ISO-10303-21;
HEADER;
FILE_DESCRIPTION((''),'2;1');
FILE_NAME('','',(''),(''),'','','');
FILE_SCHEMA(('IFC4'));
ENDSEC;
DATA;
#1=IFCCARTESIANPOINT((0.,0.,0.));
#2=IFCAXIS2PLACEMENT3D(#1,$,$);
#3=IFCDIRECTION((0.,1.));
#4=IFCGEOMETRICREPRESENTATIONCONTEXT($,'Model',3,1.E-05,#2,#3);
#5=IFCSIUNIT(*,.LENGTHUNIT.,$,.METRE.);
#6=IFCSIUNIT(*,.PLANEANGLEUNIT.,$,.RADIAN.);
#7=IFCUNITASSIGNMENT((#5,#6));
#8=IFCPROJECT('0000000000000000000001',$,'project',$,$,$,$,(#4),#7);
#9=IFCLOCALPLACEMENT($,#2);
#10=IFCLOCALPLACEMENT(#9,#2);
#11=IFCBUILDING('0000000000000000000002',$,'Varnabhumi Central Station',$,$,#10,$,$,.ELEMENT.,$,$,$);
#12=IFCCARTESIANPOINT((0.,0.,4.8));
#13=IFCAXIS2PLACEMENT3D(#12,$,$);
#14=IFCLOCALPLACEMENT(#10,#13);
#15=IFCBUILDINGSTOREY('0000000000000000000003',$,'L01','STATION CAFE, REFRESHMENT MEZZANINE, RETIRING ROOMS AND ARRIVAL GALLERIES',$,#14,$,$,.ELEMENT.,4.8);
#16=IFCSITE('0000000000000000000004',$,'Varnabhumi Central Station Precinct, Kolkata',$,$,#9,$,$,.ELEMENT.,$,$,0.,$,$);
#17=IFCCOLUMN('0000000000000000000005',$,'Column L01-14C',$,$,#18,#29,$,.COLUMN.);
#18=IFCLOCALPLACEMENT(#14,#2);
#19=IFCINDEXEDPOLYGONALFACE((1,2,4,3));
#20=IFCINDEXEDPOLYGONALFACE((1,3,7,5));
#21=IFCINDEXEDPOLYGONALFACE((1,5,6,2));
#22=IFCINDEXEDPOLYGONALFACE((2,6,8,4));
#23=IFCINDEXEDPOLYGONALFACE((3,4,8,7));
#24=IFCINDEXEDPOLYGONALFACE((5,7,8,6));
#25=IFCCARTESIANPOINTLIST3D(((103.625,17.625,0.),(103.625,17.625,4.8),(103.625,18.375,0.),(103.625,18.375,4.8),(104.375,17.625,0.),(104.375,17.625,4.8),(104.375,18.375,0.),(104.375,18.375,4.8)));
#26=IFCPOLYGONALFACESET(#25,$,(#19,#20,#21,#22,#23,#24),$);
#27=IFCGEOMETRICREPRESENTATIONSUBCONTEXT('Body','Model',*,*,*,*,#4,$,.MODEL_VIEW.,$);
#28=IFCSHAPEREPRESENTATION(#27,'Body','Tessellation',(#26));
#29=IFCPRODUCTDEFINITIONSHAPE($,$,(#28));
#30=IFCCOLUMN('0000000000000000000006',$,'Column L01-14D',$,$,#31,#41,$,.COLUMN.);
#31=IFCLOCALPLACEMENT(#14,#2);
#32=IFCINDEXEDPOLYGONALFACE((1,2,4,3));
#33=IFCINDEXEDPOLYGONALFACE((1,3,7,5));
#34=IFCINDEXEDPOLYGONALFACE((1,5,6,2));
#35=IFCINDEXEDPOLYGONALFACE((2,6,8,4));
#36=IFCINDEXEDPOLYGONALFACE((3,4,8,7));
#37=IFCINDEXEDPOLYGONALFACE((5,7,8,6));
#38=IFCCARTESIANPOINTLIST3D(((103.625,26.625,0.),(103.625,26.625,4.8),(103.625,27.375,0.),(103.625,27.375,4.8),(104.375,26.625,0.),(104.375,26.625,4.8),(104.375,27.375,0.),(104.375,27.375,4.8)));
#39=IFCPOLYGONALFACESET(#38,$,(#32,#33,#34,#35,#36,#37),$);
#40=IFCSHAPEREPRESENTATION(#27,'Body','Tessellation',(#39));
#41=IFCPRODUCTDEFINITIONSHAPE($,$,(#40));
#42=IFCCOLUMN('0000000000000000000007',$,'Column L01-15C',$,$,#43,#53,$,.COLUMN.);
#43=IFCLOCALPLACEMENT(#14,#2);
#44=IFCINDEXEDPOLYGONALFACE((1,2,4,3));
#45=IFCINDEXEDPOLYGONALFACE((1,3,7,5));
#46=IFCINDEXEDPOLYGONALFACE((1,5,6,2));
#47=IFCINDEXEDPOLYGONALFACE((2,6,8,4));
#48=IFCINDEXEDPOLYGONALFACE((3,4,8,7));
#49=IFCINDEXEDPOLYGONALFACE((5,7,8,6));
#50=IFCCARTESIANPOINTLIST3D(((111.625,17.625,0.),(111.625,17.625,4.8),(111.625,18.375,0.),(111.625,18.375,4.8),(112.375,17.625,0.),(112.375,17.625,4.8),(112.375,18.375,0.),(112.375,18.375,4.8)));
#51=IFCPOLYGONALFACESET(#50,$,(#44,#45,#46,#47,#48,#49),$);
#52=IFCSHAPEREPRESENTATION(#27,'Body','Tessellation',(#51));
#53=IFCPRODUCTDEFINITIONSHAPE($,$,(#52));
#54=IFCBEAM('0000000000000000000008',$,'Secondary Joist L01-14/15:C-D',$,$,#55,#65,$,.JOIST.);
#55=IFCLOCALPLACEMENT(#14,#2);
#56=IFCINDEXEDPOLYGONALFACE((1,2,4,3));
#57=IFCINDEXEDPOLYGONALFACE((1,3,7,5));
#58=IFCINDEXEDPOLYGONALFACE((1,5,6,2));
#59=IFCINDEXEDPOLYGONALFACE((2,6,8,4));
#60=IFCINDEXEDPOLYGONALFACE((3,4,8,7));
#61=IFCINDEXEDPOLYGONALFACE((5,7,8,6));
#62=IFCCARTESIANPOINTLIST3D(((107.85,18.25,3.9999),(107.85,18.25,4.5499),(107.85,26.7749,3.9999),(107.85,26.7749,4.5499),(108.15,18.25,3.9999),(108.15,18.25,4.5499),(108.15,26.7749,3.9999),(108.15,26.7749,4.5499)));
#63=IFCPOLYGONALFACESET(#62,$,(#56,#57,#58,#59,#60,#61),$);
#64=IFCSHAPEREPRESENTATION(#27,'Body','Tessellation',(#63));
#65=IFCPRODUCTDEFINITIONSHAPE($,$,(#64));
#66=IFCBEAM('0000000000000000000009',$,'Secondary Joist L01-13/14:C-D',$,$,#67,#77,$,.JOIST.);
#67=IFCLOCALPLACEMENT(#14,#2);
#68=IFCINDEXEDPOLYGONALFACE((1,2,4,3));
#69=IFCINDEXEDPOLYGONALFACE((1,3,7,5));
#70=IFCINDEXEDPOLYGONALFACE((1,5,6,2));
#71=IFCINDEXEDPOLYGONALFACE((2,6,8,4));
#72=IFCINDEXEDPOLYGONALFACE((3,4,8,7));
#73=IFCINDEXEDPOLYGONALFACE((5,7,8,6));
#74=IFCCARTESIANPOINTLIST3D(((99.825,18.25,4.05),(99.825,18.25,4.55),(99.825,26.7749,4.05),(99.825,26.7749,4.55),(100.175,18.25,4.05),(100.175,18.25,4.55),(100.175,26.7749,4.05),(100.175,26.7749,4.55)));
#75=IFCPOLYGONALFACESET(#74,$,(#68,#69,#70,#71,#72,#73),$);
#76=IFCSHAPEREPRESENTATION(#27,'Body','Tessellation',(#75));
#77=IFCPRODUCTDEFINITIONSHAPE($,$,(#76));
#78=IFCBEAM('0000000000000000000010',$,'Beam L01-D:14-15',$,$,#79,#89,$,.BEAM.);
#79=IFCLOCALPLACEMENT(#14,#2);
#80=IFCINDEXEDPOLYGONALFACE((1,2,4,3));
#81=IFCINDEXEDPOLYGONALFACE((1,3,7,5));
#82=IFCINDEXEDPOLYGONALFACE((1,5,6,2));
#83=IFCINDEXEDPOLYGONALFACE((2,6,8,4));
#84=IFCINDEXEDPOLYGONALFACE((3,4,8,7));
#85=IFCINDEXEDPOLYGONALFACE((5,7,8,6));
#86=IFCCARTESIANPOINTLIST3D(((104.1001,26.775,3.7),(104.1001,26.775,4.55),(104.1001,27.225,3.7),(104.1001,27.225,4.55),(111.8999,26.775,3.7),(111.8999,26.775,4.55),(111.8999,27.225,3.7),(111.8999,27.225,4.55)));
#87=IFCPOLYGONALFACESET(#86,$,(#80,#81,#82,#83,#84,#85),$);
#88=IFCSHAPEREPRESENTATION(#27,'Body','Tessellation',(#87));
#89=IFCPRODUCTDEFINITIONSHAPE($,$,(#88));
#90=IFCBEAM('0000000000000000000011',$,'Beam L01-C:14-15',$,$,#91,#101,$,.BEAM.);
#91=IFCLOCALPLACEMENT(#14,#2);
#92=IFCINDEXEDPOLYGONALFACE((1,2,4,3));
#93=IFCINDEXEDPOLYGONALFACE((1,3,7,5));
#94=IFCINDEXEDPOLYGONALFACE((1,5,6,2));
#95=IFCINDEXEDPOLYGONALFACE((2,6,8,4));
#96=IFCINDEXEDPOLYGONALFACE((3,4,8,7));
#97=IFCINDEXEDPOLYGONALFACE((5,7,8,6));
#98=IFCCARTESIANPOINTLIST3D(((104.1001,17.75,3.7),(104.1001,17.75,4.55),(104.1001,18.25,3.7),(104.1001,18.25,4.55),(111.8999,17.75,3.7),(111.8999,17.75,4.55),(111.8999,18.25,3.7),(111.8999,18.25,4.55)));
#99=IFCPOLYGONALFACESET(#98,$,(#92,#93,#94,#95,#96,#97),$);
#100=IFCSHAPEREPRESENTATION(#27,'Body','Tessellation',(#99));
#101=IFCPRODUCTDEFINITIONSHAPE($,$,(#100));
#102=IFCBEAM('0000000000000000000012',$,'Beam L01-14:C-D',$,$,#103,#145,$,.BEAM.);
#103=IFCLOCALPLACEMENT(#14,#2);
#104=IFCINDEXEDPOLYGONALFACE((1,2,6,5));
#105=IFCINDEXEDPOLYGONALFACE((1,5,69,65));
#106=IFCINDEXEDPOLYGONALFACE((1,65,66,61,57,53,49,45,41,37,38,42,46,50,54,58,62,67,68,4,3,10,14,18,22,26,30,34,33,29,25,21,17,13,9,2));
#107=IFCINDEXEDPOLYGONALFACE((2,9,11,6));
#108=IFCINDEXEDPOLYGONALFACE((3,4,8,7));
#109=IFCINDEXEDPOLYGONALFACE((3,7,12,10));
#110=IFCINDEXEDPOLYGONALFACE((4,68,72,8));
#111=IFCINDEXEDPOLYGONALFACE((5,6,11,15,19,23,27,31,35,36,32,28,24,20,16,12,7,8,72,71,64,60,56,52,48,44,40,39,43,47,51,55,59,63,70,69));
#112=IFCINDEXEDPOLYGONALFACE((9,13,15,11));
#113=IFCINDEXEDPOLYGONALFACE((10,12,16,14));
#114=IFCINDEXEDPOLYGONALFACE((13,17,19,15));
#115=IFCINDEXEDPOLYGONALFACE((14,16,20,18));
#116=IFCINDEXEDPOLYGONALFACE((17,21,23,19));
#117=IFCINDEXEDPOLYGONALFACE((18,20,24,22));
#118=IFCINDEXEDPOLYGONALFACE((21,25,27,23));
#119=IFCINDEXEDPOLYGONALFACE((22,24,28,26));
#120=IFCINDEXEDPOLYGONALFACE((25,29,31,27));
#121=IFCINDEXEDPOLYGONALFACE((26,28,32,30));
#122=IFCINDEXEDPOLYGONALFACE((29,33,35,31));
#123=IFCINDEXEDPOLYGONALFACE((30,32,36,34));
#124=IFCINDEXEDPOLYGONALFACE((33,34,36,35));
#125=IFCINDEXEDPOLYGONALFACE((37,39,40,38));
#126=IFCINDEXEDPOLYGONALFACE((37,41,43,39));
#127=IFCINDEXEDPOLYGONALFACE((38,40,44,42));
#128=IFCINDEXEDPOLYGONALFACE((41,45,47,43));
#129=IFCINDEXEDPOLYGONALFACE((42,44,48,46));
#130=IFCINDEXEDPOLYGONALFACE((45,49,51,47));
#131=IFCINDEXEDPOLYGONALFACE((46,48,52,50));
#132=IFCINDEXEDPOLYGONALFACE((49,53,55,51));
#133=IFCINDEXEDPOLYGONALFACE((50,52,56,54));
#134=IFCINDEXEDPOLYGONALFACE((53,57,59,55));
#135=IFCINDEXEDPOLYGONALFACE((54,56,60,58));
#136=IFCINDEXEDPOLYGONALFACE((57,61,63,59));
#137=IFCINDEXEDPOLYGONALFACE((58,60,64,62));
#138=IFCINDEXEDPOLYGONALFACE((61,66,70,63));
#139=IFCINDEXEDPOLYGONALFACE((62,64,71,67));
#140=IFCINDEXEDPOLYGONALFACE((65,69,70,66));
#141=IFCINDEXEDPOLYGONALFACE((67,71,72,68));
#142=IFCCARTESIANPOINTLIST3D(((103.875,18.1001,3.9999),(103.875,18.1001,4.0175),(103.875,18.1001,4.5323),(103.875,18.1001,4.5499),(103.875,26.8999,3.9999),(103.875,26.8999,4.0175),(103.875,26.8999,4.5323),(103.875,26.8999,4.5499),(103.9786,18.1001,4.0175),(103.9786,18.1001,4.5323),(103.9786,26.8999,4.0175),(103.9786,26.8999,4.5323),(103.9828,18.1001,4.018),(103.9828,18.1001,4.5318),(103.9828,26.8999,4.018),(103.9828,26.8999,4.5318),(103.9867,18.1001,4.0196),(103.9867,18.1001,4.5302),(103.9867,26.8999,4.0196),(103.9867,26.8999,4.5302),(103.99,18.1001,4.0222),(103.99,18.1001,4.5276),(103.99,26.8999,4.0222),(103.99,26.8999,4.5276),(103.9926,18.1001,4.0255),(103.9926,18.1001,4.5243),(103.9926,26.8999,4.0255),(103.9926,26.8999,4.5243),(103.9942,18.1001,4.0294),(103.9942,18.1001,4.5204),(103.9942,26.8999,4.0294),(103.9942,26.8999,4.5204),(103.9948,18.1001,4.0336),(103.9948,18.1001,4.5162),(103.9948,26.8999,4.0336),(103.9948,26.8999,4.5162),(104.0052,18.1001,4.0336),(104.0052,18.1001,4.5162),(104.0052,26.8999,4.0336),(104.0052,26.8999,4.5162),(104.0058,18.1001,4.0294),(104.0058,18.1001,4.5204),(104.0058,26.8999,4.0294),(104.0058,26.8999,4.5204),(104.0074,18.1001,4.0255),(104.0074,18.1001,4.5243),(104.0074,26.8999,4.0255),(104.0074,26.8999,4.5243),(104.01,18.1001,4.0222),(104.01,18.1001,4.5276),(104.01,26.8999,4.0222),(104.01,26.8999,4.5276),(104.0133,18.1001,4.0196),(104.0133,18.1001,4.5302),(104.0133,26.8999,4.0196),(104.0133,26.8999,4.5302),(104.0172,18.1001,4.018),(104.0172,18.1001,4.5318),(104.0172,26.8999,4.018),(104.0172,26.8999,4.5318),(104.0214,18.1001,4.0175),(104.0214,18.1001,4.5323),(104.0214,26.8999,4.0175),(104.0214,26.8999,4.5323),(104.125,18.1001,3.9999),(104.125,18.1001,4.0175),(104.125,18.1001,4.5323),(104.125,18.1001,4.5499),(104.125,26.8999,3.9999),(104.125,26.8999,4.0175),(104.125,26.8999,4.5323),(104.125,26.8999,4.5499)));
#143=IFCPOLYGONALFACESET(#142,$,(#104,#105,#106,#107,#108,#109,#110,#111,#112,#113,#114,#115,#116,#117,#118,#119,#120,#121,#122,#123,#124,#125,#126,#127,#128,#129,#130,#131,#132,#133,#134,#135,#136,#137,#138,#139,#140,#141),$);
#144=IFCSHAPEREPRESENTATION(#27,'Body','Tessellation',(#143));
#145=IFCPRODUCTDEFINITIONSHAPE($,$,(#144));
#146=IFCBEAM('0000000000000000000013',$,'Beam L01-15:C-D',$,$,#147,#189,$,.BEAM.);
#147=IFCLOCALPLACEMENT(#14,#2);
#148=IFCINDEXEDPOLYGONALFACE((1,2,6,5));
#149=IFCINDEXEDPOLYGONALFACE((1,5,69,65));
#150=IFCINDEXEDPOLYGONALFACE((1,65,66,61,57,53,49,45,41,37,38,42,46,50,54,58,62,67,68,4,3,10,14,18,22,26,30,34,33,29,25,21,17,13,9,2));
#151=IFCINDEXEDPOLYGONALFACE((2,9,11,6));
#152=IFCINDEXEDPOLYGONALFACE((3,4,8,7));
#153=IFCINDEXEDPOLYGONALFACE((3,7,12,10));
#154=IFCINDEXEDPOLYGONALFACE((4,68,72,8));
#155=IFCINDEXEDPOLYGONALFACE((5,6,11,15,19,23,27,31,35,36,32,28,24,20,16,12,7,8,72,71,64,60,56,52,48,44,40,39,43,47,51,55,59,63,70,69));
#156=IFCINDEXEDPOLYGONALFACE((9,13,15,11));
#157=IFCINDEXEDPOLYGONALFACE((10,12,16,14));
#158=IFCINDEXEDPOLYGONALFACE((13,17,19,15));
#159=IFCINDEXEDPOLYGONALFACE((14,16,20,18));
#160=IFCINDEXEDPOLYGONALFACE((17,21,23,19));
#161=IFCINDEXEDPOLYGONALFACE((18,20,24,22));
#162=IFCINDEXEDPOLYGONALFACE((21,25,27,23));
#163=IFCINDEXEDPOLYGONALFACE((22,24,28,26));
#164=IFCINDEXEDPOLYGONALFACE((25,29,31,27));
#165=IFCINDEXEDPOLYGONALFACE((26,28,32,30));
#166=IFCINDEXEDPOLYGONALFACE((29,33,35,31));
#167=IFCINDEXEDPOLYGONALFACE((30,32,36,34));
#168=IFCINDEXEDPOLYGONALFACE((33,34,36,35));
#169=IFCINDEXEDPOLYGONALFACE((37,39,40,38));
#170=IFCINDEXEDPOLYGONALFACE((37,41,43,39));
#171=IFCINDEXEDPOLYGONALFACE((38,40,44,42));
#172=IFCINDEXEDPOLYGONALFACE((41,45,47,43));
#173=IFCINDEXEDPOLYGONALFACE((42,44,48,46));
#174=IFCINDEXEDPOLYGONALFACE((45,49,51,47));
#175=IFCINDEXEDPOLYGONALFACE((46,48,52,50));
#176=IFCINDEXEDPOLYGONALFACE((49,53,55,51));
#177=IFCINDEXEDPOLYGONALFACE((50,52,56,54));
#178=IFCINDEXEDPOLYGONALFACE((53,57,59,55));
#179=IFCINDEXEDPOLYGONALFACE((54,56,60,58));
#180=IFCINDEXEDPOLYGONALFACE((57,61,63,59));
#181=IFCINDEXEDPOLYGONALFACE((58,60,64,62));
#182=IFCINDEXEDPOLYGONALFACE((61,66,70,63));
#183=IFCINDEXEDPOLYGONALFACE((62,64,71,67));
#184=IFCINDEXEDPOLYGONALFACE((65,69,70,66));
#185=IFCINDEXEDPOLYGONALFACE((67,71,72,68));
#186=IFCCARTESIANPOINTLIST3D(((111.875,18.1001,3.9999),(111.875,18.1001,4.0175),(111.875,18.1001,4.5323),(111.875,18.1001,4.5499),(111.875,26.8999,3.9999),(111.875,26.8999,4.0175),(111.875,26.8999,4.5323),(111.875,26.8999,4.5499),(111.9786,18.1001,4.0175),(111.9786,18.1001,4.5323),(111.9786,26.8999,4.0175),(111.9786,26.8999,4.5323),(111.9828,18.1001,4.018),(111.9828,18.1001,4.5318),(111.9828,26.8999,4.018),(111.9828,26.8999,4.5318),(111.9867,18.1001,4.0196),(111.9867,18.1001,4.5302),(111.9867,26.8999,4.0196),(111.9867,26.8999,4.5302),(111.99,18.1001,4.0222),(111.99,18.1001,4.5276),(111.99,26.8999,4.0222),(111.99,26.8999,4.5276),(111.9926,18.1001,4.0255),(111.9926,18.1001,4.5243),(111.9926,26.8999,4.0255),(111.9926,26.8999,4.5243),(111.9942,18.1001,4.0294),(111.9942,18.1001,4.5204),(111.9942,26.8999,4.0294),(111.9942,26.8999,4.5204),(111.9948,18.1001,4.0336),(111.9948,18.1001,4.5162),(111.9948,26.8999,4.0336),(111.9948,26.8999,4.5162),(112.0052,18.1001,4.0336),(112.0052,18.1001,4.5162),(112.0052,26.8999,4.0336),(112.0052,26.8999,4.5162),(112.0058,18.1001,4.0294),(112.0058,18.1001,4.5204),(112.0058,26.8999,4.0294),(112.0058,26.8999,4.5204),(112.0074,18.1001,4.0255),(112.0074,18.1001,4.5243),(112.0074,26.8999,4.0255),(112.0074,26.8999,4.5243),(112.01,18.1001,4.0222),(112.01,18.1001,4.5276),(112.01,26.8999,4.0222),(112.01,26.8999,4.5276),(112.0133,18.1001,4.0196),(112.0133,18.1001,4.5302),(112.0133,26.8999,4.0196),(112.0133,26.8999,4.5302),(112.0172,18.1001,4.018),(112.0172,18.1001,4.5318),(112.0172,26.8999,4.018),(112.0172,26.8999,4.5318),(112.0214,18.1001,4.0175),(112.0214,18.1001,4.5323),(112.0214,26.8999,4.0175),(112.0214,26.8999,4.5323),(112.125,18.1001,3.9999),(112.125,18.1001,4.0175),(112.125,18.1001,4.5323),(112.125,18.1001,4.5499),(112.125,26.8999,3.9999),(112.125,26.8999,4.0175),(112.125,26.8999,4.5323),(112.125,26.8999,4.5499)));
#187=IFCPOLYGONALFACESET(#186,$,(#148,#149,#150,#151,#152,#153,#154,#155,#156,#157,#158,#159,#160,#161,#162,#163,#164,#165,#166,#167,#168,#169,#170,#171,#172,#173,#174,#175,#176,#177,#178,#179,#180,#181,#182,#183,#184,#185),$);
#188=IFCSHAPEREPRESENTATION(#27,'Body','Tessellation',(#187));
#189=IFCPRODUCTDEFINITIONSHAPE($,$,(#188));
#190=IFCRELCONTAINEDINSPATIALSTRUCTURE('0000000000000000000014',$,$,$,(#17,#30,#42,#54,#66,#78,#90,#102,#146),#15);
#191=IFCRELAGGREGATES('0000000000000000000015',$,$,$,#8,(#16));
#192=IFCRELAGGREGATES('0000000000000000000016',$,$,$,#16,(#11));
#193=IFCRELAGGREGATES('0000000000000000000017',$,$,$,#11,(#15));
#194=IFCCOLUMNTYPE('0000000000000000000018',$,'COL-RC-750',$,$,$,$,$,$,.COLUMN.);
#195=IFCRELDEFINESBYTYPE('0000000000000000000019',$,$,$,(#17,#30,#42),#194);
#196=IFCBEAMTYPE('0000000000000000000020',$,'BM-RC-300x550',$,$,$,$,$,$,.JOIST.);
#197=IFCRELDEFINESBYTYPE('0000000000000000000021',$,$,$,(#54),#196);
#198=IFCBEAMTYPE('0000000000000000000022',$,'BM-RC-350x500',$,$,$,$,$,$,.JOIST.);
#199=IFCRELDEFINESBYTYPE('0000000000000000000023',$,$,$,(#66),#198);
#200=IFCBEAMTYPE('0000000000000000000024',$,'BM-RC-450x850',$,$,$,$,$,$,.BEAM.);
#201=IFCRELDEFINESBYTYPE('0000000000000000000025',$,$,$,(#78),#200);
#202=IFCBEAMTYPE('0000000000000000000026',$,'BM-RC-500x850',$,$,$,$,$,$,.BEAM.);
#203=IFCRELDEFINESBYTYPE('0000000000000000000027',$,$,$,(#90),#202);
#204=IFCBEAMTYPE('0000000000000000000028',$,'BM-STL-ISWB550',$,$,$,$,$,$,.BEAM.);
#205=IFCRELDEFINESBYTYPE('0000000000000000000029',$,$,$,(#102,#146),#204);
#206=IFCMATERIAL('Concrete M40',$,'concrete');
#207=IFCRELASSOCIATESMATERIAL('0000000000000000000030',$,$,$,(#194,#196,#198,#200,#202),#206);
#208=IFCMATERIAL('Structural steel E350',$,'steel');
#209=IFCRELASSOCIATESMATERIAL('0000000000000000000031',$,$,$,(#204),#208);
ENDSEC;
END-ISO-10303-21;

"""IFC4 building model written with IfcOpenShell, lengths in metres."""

from ifc_helpers import new_model, si_unit, direction, frame, origin, origin_2d, place, context, subcontext, project, spatial, rectangle, i_section, extrude, material, material_profile, profile_set, type_object, element, save


model = new_model("IFC4")

# Units and contexts
model_context = context("Model", 3, precision=1e-05, world=origin(), true_north=direction((0.0, 1.0)))
body_context = subcontext(model_context, "Body", "Model", "MODEL_VIEW")
ifc_project = project(units=[si_unit("LENGTHUNIT", "METRE"), si_unit("PLANEANGLEUNIT", "RADIAN")], contexts=[model_context])

# Site, building, storey
site_placement = place(None, origin())
site = spatial("IfcSite", under=ifc_project, at=site_placement, Name="Varnabhumi Central Station Precinct, Kolkata", CompositionType="ELEMENT", RefElevation=0.0)
building_placement = place(site_placement, origin())
building = spatial("IfcBuilding", under=site, at=building_placement, Name="Varnabhumi Central Station", CompositionType="ELEMENT")
storey_placement = place(building_placement, frame((0.0, 0.0, 4.8)))
storey = spatial("IfcBuildingStorey", under=building, at=storey_placement, Name="L01", Description="STATION CAFE, REFRESHMENT MEZZANINE, RETIRING ROOMS AND ARRIVAL GALLERIES", CompositionType="ELEMENT", Elevation=4.8)

# Columns
ifc_material_1 = material(Name="Concrete M40", Category="concrete")
ifc_material_profile_1 = material_profile(ifc_material_1, rectangle(XDim=0.75, YDim=0.75, at=origin_2d()), Name="Concrete M40", Category="concrete")
ifc_profile_set_1 = profile_set([ifc_material_profile_1], Name="Concrete M40")
column_type = type_object("IfcColumnType", Name="COL-RC-750", PredefinedType="COLUMN", material=ifc_profile_set_1)
for number, where, z_axis, x_axis, name in (
    (1, (104.0, 18.0, 0.0), (0.0, 0.0, 1.0), (1.0, 0.0, 0.0), "Column L01-14C"),
    (2, (104.0, 27.0, 0.0), (0.0, 0.0, 1.0), (1.0, 0.0, 0.0), "Column L01-14D"),
    (3, (112.0, 18.0, 0.0), (0.0, 0.0, 1.0), (1.0, 0.0, 0.0), "Column L01-15C"),
):
    element("IfcColumn", number, at=place(storey_placement, frame(where, z_axis=z_axis, x_axis=x_axis)), inside=storey, type_object=column_type, Name=name, PredefinedType="COLUMN", context=body_context, shape_type="SweptSolid", body=[
        extrude(rectangle(XDim=0.75, YDim=0.75, at=origin_2d()), origin(), (0.0, 0.0, 1.0), 4.8),
    ])

# Beams
ifc_material_profile_2 = material_profile(ifc_material_1, rectangle(XDim=0.3, YDim=0.55, at=origin_2d()), Name="Concrete M40", Category="concrete")
ifc_profile_set_2 = profile_set([ifc_material_profile_2], Name="Concrete M40")
beam_type_1 = type_object("IfcBeamType", Name="BM-RC-300x550", PredefinedType="JOIST", material=ifc_profile_set_2)
beam_1_placement = place(storey_placement, frame((108.0, 18.25, 4.2749), z_axis=(0.0, 1.0, 0.0), x_axis=(-1.0, 0.0, 0.0)))
element("IfcBeam", 4, at=beam_1_placement, inside=storey, type_object=beam_type_1, Name="Secondary Joist L01-14/15:C-D", PredefinedType="JOIST", context=body_context, shape_type="SweptSolid", body=[
    extrude(rectangle(XDim=0.3, YDim=0.55, at=origin_2d()), origin(), (0.0, 0.0, 1.0), 8.5249),
])
ifc_material_profile_3 = material_profile(ifc_material_1, rectangle(XDim=0.3501, YDim=0.5, at=origin_2d()), Name="Concrete M40", Category="concrete")
ifc_profile_set_3 = profile_set([ifc_material_profile_3], Name="Concrete M40")
beam_type_2 = type_object("IfcBeamType", Name="BM-RC-350x500", PredefinedType="JOIST", material=ifc_profile_set_3)
beam_2_placement = place(storey_placement, frame((100.0, 18.25, 4.3), z_axis=(0.0, 1.0, 0.0), x_axis=(-1.0, 0.0, 0.0)))
element("IfcBeam", 5, at=beam_2_placement, inside=storey, type_object=beam_type_2, Name="Secondary Joist L01-13/14:C-D", PredefinedType="JOIST", context=body_context, shape_type="SweptSolid", body=[
    extrude(rectangle(XDim=0.3501, YDim=0.5, at=origin_2d()), origin(), (0.0, 0.0, 1.0), 8.5249),
])
ifc_material_profile_4 = material_profile(ifc_material_1, rectangle(XDim=0.45, YDim=0.8501, at=origin_2d()), Name="Concrete M40", Category="concrete")
ifc_profile_set_4 = profile_set([ifc_material_profile_4], Name="Concrete M40")
beam_type_3 = type_object("IfcBeamType", Name="BM-RC-450x850", PredefinedType="BEAM", material=ifc_profile_set_4)
beam_3_placement = place(storey_placement, frame((104.1001, 27.0, 4.125), z_axis=(1.0, 0.0, 0.0), x_axis=(0.0, 1.0, 0.0)))
element("IfcBeam", 6, at=beam_3_placement, inside=storey, type_object=beam_type_3, Name="Beam L01-D:14-15", PredefinedType="BEAM", context=body_context, shape_type="SweptSolid", body=[
    extrude(rectangle(XDim=0.45, YDim=0.8501, at=origin_2d()), origin(), (0.0, 0.0, 1.0), 7.7998),
])
ifc_material_profile_5 = material_profile(ifc_material_1, rectangle(XDim=0.5, YDim=0.8501, at=origin_2d()), Name="Concrete M40", Category="concrete")
ifc_profile_set_5 = profile_set([ifc_material_profile_5], Name="Concrete M40")
beam_type_4 = type_object("IfcBeamType", Name="BM-RC-500x850", PredefinedType="BEAM", material=ifc_profile_set_5)
beam_4_placement = place(storey_placement, frame((104.1001, 18.0, 4.125), z_axis=(1.0, 0.0, 0.0), x_axis=(0.0, 1.0, 0.0)))
element("IfcBeam", 7, at=beam_4_placement, inside=storey, type_object=beam_type_4, Name="Beam L01-C:14-15", PredefinedType="BEAM", context=body_context, shape_type="SweptSolid", body=[
    extrude(rectangle(XDim=0.5, YDim=0.8501, at=origin_2d()), origin(), (0.0, 0.0, 1.0), 7.7998),
])
ifc_material_2 = material(Name="Structural steel E350", Category="steel")
ifc_material_profile_6 = material_profile(ifc_material_2, i_section(OverallWidth=0.25, OverallDepth=0.55, WebThickness=0.0105, FlangeThickness=0.0176, FilletRadius=0.0161, at=origin_2d()), Name="Structural steel E350", Category="steel")
ifc_profile_set_6 = profile_set([ifc_material_profile_6], Name="Structural steel E350")
beam_type_5 = type_object("IfcBeamType", Name="BM-STL-ISWB550", PredefinedType="BEAM", material=ifc_profile_set_6)
for number, where, z_axis, x_axis, name in (
    (8, (104.0, 18.1001, 4.2749), (0.0, 1.0, 0.0), (-1.0, 0.0, 0.0), "Beam L01-14:C-D"),
    (9, (112.0, 18.1001, 4.2749), (0.0, 1.0, 0.0), (-1.0, 0.0, 0.0), "Beam L01-15:C-D"),
):
    element("IfcBeam", number, at=place(storey_placement, frame(where, z_axis=z_axis, x_axis=x_axis)), inside=storey, type_object=beam_type_5, Name=name, PredefinedType="BEAM", context=body_context, shape_type="SweptSolid", body=[
        extrude(i_section(OverallWidth=0.25, OverallDepth=0.55, WebThickness=0.0105, FlangeThickness=0.0176, FilletRadius=0.0161, at=origin_2d()), origin(), (0.0, 0.0, 1.0), 8.7998),
    ])

save(model, "model.ifc")
